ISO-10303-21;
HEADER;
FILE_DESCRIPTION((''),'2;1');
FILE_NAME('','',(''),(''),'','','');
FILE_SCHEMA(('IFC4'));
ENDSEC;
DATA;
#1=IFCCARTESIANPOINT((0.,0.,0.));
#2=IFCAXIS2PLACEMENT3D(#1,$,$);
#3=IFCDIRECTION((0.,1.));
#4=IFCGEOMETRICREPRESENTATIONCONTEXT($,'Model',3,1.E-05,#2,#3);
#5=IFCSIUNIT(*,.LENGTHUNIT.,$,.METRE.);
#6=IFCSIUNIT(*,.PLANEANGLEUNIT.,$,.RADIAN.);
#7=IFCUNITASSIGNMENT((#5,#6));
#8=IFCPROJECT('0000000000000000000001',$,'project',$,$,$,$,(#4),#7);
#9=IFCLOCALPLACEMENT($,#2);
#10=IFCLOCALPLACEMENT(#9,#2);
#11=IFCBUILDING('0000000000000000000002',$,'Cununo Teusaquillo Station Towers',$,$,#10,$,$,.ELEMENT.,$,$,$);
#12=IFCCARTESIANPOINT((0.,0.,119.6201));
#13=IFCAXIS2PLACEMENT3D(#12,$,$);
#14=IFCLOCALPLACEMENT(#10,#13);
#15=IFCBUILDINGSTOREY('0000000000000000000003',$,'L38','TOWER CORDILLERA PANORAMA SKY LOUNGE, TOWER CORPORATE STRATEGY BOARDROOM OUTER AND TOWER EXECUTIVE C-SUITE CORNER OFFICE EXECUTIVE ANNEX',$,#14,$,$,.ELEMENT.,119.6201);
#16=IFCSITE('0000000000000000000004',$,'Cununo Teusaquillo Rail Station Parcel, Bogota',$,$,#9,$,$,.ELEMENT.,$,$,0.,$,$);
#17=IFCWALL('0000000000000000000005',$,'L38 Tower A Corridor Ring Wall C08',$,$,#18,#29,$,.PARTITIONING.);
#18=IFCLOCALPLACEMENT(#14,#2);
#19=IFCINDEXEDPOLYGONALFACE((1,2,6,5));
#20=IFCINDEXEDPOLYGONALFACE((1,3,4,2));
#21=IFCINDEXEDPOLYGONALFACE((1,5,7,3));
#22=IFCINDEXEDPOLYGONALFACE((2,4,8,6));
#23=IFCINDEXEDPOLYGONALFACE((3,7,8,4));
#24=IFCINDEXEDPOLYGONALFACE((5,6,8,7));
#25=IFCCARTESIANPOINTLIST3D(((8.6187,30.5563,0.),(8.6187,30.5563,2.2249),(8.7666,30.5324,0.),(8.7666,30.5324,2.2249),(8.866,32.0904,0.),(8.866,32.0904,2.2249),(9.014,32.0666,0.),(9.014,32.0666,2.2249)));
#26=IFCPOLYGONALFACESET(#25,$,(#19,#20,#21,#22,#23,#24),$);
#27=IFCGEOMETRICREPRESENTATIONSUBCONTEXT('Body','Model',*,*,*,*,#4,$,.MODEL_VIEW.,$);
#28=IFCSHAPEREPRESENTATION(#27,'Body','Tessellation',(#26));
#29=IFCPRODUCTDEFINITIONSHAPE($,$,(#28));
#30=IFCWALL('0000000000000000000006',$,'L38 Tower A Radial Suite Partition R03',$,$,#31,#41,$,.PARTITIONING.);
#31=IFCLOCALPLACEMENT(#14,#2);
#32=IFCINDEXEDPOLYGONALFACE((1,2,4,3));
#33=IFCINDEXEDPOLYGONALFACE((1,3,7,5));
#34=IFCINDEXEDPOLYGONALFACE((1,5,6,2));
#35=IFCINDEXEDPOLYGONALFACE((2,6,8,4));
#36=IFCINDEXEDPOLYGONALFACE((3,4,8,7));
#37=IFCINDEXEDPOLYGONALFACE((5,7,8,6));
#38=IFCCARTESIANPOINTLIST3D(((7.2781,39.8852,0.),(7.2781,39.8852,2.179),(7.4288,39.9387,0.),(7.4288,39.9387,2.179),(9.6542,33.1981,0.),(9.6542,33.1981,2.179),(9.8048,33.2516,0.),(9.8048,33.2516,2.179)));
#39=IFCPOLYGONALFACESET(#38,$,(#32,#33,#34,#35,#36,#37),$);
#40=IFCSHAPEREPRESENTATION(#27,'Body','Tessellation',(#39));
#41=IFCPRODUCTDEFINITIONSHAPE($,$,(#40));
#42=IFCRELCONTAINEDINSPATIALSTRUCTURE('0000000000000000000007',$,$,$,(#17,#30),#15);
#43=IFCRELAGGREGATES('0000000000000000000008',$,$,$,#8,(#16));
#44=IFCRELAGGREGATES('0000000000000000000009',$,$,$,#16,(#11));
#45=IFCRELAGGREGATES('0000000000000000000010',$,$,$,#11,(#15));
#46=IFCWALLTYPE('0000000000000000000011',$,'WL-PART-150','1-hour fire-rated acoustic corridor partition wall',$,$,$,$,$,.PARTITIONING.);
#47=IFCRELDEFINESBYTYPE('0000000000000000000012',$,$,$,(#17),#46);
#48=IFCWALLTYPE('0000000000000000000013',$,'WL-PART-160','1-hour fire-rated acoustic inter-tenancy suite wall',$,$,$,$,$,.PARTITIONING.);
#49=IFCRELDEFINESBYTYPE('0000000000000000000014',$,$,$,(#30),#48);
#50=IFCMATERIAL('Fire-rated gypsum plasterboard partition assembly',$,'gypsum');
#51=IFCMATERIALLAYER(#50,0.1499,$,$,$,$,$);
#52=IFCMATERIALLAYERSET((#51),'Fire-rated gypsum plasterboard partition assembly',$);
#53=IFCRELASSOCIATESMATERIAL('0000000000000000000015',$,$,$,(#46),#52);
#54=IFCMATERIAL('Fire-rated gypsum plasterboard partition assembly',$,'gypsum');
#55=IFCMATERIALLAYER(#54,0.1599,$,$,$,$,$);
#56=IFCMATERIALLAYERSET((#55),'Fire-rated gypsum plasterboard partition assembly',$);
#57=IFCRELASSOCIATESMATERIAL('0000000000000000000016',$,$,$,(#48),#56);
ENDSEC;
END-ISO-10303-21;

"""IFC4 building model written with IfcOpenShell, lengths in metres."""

from ifc_helpers import new_model, si_unit, direction, frame, frame_2d, origin, place, context, subcontext, project, spatial, rectangle, extrude, material, layer, layer_set, type_object, element, save


model = new_model("IFC4")

# Units and contexts
model_context = context("Model", 3, precision=1e-05, world=origin(), true_north=direction((0.0, 1.0)))
body_context = subcontext(model_context, "Body", "Model", "MODEL_VIEW")
ifc_project = project(units=[si_unit("LENGTHUNIT", "METRE"), si_unit("PLANEANGLEUNIT", "RADIAN")], contexts=[model_context])

# Site, building, storey
site_placement = place(None, origin())
site = spatial("IfcSite", under=ifc_project, at=site_placement, Name="Cununo Teusaquillo Rail Station Parcel, Bogota", CompositionType="ELEMENT", RefElevation=0.0)
building_placement = place(site_placement, origin())
building = spatial("IfcBuilding", under=site, at=building_placement, Name="Cununo Teusaquillo Station Towers", CompositionType="ELEMENT")
storey_placement = place(building_placement, frame((0.0, 0.0, 119.6201)))
storey = spatial("IfcBuildingStorey", under=building, at=storey_placement, Name="L38", Description="TOWER CORDILLERA PANORAMA SKY LOUNGE, TOWER CORPORATE STRATEGY BOARDROOM OUTER AND TOWER EXECUTIVE C-SUITE CORNER OFFICE EXECUTIVE ANNEX", CompositionType="ELEMENT", Elevation=119.6201)

# Walls
ifc_material_1 = material(Name="Fire-rated gypsum plasterboard partition assembly", Category="gypsum")
ifc_layer_1 = layer(ifc_material_1, 0.1499)
ifc_layer_set_1 = layer_set([ifc_layer_1], Name="Fire-rated gypsum plasterboard partition assembly")
wall_type_1 = type_object("IfcWallType", Name="WL-PART-150", Description="1-hour fire-rated acoustic corridor partition wall", PredefinedType="PARTITIONING", material=ifc_layer_set_1)
wall_1_placement = place(storey_placement, frame((8.9399, 32.0784, 0.0), z_axis=(0.0, 0.0, 1.0), x_axis=(-0.159148, -0.987255, 0.0)))
element("IfcWall", 1, at=wall_1_placement, inside=storey, type_object=wall_type_1, Name="L38 Tower A Corridor Ring Wall C08", PredefinedType="PARTITIONING", context=body_context, shape_type="SweptSolid", body=[
    extrude(rectangle(XDim=1.554, YDim=0.1499, at=frame_2d((0.7769, 0.0))), origin(), (0.0, 0.0, 1.0), 2.2249),
])
ifc_material_2 = material(Name="Fire-rated gypsum plasterboard partition assembly", Category="gypsum")
ifc_layer_2 = layer(ifc_material_2, 0.1599)
ifc_layer_set_2 = layer_set([ifc_layer_2], Name="Fire-rated gypsum plasterboard partition assembly")
wall_type_2 = type_object("IfcWallType", Name="WL-PART-160", Description="1-hour fire-rated acoustic inter-tenancy suite wall", PredefinedType="PARTITIONING", material=ifc_layer_set_2)
wall_2_placement = place(storey_placement, frame((9.7295, 33.2249, 0.0), z_axis=(0.0, 0.0, 1.0), x_axis=(-0.334806, 0.942287, 0.0)))
element("IfcWall", 2, at=wall_2_placement, inside=storey, type_object=wall_type_2, Name="L38 Tower A Radial Suite Partition R03", PredefinedType="PARTITIONING", context=body_context, shape_type="SweptSolid", body=[
    extrude(rectangle(XDim=7.0967, YDim=0.1599, at=frame_2d((3.5483, 0.0))), origin(), (0.0, 0.0, 1.0), 2.179),
])

save(model, "model.ifc")
